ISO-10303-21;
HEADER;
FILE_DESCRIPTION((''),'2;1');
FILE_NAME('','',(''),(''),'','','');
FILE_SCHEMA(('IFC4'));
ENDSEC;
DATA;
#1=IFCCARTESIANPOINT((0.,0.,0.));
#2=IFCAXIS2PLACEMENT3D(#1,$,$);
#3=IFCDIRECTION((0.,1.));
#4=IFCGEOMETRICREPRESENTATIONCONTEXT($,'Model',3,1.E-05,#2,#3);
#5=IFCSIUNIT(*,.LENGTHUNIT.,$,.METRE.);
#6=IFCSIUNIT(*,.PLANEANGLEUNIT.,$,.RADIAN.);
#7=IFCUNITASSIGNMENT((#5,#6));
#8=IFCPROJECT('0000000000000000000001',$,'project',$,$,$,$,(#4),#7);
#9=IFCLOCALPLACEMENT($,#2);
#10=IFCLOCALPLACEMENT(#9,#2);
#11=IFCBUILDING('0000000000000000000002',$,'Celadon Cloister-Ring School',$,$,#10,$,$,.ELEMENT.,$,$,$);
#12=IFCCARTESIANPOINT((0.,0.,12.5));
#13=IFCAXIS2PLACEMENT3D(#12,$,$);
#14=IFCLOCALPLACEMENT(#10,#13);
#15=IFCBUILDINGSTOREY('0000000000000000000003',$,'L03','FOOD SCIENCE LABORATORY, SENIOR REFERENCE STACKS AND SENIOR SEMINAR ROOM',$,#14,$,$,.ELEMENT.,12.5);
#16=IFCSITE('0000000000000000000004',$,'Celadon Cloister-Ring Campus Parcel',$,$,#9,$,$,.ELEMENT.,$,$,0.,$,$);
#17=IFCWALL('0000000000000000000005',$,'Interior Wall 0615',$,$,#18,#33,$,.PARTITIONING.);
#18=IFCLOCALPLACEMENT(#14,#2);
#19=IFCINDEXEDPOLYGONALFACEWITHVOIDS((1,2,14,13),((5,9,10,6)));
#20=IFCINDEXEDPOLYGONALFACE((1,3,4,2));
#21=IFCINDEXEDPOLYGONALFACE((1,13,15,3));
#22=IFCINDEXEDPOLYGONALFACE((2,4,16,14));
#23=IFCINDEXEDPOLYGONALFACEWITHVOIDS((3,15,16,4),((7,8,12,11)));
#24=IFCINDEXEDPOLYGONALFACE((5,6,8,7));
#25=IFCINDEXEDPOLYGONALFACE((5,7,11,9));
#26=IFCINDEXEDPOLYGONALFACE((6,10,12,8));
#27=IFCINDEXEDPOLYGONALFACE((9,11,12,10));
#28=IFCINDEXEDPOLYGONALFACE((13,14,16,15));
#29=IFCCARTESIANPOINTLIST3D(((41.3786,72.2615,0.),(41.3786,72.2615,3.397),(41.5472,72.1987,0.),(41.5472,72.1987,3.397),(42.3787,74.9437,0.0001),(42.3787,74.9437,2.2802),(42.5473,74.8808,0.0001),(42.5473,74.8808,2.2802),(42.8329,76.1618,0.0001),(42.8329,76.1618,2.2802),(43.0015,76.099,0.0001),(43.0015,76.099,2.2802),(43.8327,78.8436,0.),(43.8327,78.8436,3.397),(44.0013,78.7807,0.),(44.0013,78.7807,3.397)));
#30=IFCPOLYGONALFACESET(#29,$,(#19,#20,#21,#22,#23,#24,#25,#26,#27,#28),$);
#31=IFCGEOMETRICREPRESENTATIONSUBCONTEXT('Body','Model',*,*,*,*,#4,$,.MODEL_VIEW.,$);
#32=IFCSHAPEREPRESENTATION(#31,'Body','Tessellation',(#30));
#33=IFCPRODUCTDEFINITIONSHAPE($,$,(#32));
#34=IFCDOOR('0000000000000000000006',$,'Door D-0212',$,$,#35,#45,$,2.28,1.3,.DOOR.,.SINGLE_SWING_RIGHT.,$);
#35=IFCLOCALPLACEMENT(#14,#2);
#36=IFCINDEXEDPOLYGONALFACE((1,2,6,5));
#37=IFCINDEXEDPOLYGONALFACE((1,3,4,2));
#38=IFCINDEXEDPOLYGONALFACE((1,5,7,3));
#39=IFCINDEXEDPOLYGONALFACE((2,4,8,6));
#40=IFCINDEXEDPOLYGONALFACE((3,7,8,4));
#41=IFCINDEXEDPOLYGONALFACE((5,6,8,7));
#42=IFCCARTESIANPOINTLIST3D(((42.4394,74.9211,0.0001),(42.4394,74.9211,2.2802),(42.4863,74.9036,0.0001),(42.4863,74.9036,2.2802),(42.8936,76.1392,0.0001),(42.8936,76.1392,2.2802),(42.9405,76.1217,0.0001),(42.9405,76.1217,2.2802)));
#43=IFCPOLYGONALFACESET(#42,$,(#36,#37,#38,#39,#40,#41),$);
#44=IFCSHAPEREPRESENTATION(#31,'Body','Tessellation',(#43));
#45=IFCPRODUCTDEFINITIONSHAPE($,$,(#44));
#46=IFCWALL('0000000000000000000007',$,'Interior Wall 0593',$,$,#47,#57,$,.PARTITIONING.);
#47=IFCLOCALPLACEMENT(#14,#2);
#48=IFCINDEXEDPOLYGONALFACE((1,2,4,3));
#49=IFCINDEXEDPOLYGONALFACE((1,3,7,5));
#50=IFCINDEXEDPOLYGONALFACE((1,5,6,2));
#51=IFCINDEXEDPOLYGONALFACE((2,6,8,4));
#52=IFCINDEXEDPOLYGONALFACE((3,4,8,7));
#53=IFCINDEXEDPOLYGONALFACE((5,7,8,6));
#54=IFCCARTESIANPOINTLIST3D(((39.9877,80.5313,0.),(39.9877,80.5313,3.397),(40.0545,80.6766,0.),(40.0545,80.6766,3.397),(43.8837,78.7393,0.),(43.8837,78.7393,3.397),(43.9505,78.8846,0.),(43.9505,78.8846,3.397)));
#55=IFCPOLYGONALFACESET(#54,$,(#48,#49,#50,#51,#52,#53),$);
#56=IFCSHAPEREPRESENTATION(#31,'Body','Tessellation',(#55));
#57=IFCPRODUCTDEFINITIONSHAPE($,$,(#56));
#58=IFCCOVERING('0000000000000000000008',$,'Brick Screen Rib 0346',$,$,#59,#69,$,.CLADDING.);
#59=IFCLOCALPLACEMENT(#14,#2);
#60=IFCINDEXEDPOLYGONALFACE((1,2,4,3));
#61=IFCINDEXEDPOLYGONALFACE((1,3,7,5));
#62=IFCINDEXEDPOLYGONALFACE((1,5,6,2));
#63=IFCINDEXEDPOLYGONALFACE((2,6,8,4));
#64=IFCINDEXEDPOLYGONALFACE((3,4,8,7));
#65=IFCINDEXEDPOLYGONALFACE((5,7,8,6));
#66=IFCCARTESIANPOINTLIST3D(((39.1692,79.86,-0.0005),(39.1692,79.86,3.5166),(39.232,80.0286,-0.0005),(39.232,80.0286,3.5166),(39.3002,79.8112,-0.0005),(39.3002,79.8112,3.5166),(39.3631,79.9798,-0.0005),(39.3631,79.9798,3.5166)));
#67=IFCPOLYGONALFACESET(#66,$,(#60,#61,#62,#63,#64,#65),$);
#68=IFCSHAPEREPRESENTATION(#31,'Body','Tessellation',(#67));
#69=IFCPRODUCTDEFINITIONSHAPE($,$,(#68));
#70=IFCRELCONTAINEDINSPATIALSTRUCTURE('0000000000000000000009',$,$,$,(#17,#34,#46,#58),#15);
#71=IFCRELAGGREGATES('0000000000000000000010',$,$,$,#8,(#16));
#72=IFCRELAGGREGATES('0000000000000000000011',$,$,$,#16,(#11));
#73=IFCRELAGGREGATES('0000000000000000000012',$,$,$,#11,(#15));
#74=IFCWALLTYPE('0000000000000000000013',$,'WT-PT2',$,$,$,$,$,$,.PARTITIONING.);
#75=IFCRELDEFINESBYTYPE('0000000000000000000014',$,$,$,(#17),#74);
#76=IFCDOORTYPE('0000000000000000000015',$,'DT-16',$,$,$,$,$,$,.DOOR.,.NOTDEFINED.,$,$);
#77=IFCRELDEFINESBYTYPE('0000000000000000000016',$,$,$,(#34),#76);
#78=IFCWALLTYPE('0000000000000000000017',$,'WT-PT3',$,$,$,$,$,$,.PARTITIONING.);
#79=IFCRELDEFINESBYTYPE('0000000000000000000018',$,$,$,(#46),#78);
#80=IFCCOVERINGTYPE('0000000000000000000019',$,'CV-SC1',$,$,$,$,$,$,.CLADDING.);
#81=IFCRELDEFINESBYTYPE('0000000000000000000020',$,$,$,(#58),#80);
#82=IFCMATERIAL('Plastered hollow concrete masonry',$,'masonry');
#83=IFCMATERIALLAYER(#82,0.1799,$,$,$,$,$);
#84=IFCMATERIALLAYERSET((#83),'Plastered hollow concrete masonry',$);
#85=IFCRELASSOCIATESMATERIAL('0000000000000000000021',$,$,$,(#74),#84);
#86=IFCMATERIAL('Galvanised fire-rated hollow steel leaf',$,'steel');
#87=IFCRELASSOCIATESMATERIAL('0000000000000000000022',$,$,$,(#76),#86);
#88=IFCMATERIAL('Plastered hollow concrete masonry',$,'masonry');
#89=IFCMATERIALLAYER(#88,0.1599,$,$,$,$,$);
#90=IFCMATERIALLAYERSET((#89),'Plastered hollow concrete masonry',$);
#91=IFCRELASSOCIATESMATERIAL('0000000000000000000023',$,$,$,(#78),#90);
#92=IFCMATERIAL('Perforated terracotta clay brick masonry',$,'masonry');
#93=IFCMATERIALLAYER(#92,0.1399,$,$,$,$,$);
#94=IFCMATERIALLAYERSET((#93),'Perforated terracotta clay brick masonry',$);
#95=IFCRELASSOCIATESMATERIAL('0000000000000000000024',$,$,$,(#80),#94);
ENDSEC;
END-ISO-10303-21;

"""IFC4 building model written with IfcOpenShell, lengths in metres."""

from ifc_helpers import new_model, si_unit, direction, frame, frame_2d, origin, origin_2d, place, context, subcontext, project, spatial, rectangle, extrude, material, layer, layer_set, type_object, element, fill, save


model = new_model("IFC4")

# Units and contexts
model_context = context("Model", 3, precision=1e-05, world=origin(), true_north=direction((0.0, 1.0)))
body_context = subcontext(model_context, "Body", "Model", "MODEL_VIEW")
ifc_project = project(units=[si_unit("LENGTHUNIT", "METRE"), si_unit("PLANEANGLEUNIT", "RADIAN")], contexts=[model_context])

# Site, building, storey
site_placement = place(None, origin())
site = spatial("IfcSite", under=ifc_project, at=site_placement, Name="Celadon Cloister-Ring Campus Parcel", CompositionType="ELEMENT", RefElevation=0.0)
building_placement = place(site_placement, origin())
building = spatial("IfcBuilding", under=site, at=building_placement, Name="Celadon Cloister-Ring School", CompositionType="ELEMENT")
storey_placement = place(building_placement, frame((0.0, 0.0, 12.5)))
storey = spatial("IfcBuildingStorey", under=building, at=storey_placement, Name="L03", Description="FOOD SCIENCE LABORATORY, SENIOR REFERENCE STACKS AND SENIOR SEMINAR ROOM", CompositionType="ELEMENT", Elevation=12.5)

# Shared definitions
ifc_material_1 = material(Name="Plastered hollow concrete masonry", Category="masonry")
ifc_layer_1 = layer(ifc_material_1, 0.1799)
ifc_layer_set_1 = layer_set([ifc_layer_1], Name="Plastered hollow concrete masonry")
wall_type_1 = type_object("IfcWallType", Name="WT-PT2", PredefinedType="PARTITIONING", material=ifc_layer_set_1)

# Wall, opening, door
wall_1_placement = place(storey_placement, frame((43.917, 78.812, 0.0), z_axis=(0.0, 0.0, 1.0), x_axis=(-0.349356, -0.93699, 0.0)))
wall_1 = element("IfcWall", 1, at=wall_1_placement, inside=storey, type_object=wall_type_1, Name="Interior Wall 0615", PredefinedType="PARTITIONING", context=body_context, shape_type="SweptSolid", body=[
    extrude(rectangle(XDim=7.0247, YDim=0.1799, at=frame_2d((3.5122, 0.0))), origin(), (0.0, 0.0, 1.0), 3.397),
])
opening_1_placement = place(wall_1_placement, frame((2.8621, 0.0, 0.0)))
opening_1 = element("IfcOpeningElement", 2, at=opening_1_placement, cuts=wall_1, PredefinedType="OPENING", context=body_context, shape_type="SweptSolid", body=[
    extrude(rectangle(XDim=1.3, YDim=2.28, at=frame_2d((0.6499, 1.1401))), frame((0.0, 0.1001, 0.0), z_axis=(0.0, -1.0, 0.0), x_axis=(1.0, 0.0, 0.0)), (0.0, 0.0, 1.0), 0.2),
])
ifc_material_2 = material(Name="Galvanised fire-rated hollow steel leaf", Category="steel")
door_type_1 = type_object("IfcDoorType", Name="DT-16", OperationType="NOTDEFINED", PredefinedType="DOOR", material=ifc_material_2)
door_1_placement = place(opening_1_placement, origin())
door_1 = element("IfcDoor", 3, at=door_1_placement, inside=storey, type_object=door_type_1, Name="Door D-0212", OperationType="SINGLE_SWING_RIGHT", OverallHeight=2.28, OverallWidth=1.3, PredefinedType="DOOR", context=body_context, shape_type="SweptSolid", body=[
    extrude(rectangle(XDim=1.3, YDim=2.28, at=frame_2d((0.6499, 1.1401))), frame((0.0, 0.0249, 0.0), z_axis=(0.0, -1.0, 0.0), x_axis=(1.0, 0.0, 0.0)), (0.0, 0.0, 1.0), 0.05),
])
fill(opening_1, door_1)

# Wall
ifc_material_3 = material(Name="Plastered hollow concrete masonry", Category="masonry")
ifc_layer_2 = layer(ifc_material_3, 0.1599)
ifc_layer_set_2 = layer_set([ifc_layer_2], Name="Plastered hollow concrete masonry")
wall_type_2 = type_object("IfcWallType", Name="WT-PT3", PredefinedType="PARTITIONING", material=ifc_layer_set_2)
wall_2_placement = place(storey_placement, frame((43.917, 78.812, 0.0), z_axis=(0.0, 0.0, 1.0), x_axis=(-0.908505, 0.417874, 0.0)))
element("IfcWall", 4, at=wall_2_placement, inside=storey, type_object=wall_type_2, Name="Interior Wall 0593", PredefinedType="PARTITIONING", context=body_context, shape_type="SweptSolid", body=[
    extrude(rectangle(XDim=4.2883, YDim=0.1599, at=frame_2d((2.144, 0.0))), origin(), (0.0, 0.0, 1.0), 3.397),
])

# Covering
ifc_material_4 = material(Name="Perforated terracotta clay brick masonry", Category="masonry")
ifc_layer_3 = layer(ifc_material_4, 0.1399)
ifc_layer_set_3 = layer_set([ifc_layer_3], Name="Perforated terracotta clay brick masonry")
covering_type = type_object("IfcCoveringType", Name="CV-SC1", PredefinedType="CLADDING", material=ifc_layer_set_3)
covering_placement = place(storey_placement, frame((39.2661, 79.9199, -0.0005), z_axis=(0.0, 0.0, 1.0), x_axis=(0.34921, 0.937045, 0.0)))
element("IfcCovering", 5, at=covering_placement, inside=storey, type_object=covering_type, Name="Brick Screen Rib 0346", PredefinedType="CLADDING", context=body_context, shape_type="SweptSolid", body=[
    extrude(rectangle(XDim=0.1799, YDim=0.1399, at=origin_2d()), origin(), (0.0, 0.0, 1.0), 3.5171),
])

save(model, "model.ifc")
